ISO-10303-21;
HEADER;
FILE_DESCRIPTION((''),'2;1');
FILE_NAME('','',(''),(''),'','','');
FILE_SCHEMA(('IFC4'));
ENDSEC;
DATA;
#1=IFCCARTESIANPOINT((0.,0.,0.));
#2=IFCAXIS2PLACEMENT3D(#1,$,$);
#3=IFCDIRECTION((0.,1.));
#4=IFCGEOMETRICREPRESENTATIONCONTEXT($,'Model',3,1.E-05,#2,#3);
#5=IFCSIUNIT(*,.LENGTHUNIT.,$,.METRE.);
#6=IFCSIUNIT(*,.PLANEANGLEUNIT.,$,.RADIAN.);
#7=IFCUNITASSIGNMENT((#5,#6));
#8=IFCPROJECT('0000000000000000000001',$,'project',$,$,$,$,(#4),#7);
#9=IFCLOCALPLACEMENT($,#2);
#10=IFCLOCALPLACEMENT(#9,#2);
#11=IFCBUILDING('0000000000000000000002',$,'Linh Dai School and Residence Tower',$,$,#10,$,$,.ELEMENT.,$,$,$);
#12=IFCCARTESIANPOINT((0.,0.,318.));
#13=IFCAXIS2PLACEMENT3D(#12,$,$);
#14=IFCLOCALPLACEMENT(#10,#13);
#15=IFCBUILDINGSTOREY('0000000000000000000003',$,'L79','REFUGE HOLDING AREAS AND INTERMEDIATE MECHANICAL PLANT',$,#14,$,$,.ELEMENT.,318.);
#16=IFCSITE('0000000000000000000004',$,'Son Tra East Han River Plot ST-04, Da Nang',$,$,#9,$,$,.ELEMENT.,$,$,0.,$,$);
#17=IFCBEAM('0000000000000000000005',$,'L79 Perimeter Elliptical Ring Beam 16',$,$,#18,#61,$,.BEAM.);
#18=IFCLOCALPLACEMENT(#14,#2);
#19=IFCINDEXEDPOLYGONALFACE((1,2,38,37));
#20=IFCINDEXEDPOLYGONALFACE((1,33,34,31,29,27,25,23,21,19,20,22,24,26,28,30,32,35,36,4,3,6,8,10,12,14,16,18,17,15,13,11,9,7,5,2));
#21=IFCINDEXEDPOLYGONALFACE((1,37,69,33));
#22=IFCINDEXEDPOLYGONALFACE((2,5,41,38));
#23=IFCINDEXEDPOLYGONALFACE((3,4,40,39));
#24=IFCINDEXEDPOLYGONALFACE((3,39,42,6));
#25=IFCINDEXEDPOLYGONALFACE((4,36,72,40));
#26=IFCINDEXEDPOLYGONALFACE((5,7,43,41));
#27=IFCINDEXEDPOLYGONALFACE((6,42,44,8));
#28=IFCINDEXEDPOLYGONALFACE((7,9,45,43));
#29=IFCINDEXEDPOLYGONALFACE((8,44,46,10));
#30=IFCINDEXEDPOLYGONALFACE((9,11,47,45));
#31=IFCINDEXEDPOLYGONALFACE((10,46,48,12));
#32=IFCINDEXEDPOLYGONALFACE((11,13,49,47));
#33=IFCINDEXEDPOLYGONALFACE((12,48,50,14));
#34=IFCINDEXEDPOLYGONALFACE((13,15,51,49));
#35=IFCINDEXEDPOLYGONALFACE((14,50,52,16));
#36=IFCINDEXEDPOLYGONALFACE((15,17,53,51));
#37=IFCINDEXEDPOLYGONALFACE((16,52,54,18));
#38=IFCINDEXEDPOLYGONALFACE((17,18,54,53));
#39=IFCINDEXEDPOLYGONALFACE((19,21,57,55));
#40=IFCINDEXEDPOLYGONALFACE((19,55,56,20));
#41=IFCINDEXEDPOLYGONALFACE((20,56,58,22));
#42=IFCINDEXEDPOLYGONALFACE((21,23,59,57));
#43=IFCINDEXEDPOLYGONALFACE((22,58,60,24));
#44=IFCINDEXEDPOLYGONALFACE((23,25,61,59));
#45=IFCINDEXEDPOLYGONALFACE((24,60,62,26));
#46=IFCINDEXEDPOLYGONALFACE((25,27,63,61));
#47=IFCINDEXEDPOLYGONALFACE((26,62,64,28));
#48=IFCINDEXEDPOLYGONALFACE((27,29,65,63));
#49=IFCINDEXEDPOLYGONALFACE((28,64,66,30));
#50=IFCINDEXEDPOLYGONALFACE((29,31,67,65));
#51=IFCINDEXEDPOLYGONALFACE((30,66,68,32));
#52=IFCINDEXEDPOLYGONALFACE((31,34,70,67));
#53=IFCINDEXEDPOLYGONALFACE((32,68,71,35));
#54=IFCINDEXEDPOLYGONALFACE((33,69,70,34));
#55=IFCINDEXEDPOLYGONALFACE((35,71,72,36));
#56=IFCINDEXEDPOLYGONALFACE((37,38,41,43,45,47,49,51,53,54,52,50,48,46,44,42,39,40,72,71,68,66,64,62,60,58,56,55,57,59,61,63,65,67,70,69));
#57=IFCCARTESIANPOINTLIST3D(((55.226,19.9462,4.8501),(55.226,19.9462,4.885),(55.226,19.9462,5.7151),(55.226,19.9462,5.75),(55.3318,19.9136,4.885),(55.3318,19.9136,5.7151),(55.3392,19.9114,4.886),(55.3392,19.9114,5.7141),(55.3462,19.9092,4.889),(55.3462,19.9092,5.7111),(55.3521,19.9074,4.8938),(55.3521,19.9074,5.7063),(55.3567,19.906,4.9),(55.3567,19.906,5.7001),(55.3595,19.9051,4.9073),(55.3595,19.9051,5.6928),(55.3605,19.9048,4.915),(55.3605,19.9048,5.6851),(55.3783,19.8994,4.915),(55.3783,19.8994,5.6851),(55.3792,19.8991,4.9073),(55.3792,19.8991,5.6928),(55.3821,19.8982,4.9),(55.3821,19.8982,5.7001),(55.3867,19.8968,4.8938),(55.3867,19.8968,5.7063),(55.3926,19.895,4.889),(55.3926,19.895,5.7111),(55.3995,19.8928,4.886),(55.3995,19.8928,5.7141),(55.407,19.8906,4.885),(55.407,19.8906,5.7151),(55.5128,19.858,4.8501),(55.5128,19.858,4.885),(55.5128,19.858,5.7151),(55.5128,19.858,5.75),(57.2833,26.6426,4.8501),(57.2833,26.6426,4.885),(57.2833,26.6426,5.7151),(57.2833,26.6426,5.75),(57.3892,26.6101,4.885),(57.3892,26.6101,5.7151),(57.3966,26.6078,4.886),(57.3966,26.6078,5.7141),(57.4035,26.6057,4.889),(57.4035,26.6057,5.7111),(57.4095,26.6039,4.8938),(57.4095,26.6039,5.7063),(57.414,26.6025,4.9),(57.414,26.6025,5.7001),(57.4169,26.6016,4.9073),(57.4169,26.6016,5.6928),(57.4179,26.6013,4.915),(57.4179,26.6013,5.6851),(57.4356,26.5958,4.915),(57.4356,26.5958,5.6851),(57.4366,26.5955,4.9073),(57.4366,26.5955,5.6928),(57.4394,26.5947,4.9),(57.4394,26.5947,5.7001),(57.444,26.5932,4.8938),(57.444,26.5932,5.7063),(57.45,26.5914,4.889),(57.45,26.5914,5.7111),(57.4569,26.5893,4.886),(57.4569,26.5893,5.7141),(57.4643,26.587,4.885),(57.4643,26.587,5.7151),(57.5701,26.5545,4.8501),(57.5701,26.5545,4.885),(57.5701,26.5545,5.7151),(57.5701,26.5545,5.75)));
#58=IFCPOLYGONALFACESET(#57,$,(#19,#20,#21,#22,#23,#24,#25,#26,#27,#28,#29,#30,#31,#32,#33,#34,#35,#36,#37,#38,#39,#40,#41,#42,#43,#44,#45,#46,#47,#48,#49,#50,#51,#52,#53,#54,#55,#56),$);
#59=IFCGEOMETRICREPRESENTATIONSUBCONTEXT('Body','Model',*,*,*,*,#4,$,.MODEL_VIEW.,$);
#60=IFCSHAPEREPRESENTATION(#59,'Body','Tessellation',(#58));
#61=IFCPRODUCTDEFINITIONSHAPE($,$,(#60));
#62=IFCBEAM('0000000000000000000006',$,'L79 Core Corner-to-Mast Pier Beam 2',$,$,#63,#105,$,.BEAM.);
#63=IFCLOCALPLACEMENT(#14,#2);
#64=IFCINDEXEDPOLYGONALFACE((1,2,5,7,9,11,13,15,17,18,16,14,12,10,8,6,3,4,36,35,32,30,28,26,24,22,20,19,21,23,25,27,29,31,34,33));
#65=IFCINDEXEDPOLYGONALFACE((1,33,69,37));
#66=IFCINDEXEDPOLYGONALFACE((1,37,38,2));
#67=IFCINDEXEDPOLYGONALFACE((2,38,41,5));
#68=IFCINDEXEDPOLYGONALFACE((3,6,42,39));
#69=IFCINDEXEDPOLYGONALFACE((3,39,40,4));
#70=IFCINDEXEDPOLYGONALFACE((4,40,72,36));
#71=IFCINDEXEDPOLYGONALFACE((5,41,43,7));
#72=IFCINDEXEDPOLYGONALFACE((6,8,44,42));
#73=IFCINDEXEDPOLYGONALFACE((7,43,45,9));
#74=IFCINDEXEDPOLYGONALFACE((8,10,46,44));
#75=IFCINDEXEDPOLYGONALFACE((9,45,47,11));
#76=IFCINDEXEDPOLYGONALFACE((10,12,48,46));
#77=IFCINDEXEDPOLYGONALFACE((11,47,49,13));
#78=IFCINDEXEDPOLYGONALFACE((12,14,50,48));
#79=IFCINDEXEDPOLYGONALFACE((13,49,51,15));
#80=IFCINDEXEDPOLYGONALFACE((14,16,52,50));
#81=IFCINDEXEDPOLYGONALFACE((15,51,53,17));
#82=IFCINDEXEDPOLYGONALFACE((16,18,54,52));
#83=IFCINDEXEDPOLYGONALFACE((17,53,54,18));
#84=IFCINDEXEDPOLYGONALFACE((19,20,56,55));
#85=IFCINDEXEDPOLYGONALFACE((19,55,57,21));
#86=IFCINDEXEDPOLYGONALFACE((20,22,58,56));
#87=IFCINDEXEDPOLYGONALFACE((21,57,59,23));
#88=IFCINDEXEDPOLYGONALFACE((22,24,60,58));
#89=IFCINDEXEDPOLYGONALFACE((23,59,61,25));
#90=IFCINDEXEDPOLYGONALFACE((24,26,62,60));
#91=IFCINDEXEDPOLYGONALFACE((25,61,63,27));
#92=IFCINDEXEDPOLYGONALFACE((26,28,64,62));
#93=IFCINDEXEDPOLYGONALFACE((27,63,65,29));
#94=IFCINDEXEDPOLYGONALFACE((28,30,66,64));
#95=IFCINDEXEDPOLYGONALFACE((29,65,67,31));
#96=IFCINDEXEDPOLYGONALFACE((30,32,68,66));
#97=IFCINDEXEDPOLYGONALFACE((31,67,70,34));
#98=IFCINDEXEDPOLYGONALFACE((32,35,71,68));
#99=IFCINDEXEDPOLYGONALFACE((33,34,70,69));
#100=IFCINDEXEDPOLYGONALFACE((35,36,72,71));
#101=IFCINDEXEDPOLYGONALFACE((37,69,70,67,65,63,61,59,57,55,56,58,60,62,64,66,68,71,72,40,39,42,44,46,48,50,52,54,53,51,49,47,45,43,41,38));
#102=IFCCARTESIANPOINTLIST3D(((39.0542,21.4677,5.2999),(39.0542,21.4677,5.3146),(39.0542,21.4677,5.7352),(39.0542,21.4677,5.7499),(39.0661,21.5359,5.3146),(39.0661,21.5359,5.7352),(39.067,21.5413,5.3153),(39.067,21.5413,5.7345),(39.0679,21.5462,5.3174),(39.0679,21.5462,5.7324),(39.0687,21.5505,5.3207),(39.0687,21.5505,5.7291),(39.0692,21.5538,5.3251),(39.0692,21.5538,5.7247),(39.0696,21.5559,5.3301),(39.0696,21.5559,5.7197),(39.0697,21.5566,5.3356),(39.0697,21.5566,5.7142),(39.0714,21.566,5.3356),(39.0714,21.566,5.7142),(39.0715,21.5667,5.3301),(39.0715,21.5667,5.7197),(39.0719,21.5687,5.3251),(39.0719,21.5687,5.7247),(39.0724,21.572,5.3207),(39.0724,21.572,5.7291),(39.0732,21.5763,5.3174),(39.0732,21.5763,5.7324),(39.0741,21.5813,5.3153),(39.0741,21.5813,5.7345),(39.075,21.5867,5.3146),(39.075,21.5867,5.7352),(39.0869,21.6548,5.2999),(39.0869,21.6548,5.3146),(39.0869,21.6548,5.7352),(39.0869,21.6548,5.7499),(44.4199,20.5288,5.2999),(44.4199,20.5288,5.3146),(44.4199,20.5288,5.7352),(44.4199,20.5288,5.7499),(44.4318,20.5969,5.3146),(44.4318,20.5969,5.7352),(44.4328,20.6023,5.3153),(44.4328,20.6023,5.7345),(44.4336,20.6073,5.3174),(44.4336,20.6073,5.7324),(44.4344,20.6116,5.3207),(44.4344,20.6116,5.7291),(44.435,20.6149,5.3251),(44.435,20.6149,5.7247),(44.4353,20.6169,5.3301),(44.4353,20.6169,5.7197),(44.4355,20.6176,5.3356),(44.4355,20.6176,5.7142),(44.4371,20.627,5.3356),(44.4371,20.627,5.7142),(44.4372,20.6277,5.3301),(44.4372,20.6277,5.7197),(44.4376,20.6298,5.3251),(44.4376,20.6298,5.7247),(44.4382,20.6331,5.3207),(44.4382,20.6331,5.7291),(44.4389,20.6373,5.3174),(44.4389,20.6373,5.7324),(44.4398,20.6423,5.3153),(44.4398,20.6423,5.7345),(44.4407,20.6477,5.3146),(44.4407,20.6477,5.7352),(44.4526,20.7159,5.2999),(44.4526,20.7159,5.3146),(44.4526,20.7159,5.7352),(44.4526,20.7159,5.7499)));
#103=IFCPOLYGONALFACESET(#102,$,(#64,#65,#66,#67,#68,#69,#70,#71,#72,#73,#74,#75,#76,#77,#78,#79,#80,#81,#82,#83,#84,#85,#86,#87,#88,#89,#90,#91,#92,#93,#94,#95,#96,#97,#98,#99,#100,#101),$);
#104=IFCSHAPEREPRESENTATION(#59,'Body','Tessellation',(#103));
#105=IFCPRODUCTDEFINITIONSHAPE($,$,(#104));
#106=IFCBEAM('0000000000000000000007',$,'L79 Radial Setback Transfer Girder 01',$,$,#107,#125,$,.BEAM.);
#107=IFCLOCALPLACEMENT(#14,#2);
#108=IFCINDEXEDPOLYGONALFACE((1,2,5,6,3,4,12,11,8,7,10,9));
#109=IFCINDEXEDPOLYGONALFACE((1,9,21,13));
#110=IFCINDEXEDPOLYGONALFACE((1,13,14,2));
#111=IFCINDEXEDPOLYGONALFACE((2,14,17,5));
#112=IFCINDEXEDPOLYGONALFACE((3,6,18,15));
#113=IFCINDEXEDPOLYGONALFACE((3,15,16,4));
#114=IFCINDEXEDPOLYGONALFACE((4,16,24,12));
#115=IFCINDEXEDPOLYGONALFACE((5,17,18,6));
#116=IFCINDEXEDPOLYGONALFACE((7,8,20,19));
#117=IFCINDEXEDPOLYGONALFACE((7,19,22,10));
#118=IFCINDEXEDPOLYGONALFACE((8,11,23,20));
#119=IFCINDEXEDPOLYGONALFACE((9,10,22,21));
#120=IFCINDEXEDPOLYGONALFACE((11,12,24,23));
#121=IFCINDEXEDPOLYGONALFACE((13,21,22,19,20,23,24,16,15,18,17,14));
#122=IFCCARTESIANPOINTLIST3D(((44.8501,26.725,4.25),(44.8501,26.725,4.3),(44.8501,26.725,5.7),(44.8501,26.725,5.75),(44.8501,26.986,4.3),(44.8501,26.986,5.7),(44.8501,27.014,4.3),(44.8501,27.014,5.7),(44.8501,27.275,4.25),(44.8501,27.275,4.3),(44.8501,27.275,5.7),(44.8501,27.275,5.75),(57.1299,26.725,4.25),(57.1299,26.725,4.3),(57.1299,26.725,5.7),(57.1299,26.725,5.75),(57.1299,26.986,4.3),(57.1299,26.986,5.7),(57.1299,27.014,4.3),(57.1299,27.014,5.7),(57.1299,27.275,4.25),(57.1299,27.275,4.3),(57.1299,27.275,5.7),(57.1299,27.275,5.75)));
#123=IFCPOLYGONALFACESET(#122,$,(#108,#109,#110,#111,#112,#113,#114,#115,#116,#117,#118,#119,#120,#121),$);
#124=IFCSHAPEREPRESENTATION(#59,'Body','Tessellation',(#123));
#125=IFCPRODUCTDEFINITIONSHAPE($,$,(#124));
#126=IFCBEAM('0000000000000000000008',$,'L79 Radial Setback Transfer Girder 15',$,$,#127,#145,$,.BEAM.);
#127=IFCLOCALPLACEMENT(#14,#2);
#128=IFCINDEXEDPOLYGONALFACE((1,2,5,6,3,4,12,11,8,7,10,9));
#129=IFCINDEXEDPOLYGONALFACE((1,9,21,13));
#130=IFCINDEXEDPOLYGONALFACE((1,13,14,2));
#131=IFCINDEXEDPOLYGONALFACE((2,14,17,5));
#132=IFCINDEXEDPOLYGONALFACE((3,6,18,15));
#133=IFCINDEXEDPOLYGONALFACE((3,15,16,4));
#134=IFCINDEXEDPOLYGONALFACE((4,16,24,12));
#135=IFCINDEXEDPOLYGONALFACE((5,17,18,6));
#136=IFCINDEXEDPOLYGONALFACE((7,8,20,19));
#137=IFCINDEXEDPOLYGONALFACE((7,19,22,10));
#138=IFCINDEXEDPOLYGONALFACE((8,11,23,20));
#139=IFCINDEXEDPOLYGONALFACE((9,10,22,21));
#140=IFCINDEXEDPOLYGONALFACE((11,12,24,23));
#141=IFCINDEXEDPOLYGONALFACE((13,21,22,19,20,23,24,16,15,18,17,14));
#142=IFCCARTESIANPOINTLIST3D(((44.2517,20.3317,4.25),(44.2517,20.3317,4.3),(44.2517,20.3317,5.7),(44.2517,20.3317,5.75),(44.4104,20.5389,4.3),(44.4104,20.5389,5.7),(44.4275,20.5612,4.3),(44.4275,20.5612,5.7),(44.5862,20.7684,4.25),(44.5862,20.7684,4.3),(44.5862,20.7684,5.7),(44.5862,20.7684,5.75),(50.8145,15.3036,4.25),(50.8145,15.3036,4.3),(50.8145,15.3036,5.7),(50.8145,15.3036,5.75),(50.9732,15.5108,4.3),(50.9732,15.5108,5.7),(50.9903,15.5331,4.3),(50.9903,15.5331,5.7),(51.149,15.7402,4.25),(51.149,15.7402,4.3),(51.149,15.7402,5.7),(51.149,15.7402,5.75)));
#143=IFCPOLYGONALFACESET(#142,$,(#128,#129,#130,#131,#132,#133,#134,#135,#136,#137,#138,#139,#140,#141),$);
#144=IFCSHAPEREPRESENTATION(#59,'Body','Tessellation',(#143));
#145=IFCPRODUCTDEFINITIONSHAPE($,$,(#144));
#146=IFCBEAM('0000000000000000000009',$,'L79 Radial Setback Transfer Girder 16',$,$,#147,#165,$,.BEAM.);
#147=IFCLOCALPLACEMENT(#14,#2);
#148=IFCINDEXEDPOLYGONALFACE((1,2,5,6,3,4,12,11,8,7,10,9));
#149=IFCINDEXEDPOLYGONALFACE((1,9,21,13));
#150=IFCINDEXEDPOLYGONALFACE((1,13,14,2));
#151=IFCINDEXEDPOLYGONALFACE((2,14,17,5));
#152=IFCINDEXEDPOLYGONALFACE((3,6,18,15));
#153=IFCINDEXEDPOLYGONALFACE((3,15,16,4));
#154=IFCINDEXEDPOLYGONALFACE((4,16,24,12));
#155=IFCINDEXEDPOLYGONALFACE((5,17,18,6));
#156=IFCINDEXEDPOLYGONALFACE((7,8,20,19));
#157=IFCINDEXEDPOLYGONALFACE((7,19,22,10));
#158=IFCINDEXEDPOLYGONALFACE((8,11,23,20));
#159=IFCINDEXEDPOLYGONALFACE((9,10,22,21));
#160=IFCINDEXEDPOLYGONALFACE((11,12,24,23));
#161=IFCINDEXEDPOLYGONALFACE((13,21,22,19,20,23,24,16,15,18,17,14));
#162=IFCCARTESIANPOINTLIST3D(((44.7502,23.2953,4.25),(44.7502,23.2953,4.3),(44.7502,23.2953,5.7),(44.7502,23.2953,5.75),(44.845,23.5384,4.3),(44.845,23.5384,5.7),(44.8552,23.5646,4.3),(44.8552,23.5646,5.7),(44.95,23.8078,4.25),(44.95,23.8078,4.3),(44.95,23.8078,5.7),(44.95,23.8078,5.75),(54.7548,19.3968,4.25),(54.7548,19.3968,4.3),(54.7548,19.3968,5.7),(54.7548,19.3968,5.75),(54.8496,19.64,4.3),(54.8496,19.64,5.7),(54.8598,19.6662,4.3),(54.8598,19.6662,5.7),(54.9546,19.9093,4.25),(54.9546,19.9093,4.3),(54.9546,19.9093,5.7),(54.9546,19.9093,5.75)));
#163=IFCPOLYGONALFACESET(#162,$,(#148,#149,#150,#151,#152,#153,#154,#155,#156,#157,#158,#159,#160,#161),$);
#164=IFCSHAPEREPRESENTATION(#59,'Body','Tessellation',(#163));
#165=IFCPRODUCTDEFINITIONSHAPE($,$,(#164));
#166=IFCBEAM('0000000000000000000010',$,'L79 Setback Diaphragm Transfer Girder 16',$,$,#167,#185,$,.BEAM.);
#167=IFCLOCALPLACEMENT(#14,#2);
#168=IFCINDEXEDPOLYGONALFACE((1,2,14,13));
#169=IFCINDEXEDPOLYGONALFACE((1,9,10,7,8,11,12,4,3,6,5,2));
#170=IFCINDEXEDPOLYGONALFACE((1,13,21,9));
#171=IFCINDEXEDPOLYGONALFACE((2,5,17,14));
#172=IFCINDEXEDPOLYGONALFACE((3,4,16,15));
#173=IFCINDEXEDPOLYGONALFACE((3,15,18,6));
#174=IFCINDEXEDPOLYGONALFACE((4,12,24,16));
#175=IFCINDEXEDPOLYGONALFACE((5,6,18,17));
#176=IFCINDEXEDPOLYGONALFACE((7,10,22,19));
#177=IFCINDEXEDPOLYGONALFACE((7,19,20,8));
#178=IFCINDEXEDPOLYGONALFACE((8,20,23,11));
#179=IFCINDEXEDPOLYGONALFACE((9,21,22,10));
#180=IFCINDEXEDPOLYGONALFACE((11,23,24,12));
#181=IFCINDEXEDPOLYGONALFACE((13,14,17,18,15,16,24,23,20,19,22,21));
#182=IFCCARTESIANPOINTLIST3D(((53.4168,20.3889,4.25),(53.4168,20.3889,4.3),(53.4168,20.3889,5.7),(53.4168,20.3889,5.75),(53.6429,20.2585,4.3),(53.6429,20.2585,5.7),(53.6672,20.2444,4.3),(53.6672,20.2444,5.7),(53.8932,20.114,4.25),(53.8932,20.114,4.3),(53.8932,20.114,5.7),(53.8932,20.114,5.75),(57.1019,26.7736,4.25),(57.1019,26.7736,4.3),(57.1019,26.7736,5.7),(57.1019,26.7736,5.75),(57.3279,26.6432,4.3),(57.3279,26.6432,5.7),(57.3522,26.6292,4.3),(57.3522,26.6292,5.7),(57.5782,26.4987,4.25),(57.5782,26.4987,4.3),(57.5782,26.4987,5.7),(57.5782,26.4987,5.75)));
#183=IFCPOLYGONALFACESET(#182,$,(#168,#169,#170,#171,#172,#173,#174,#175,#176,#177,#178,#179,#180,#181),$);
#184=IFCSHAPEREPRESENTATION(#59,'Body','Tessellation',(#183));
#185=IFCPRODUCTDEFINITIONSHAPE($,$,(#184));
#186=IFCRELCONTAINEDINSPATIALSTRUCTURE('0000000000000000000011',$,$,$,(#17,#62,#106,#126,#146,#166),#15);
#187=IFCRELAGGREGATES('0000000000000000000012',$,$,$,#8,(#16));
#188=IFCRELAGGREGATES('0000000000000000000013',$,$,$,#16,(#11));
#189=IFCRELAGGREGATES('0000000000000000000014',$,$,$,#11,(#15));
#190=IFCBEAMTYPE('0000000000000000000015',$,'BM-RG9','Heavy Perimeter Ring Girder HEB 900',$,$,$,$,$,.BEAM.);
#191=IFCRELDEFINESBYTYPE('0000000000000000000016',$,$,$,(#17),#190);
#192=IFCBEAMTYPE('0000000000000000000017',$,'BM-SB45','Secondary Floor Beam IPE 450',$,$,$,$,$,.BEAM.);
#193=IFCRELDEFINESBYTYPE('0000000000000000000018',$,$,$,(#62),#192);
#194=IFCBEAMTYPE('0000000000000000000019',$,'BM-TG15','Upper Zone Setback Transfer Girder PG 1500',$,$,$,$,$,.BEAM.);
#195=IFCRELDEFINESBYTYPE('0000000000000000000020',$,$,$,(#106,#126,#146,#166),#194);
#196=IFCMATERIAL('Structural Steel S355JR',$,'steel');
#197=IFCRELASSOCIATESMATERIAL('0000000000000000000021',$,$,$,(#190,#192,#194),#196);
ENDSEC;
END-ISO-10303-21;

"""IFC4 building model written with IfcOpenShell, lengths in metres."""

from ifc_helpers import new_model, si_unit, direction, frame, origin, origin_2d, place, context, subcontext, project, spatial, i_section, extrude, material, material_profile, profile_set, type_object, element, save


model = new_model("IFC4")

# Units and contexts
model_context = context("Model", 3, precision=1e-05, world=origin(), true_north=direction((0.0, 1.0)))
body_context = subcontext(model_context, "Body", "Model", "MODEL_VIEW")
ifc_project = project(units=[si_unit("LENGTHUNIT", "METRE"), si_unit("PLANEANGLEUNIT", "RADIAN")], contexts=[model_context])

# Site, building, storey
site_placement = place(None, origin())
site = spatial("IfcSite", under=ifc_project, at=site_placement, Name="Son Tra East Han River Plot ST-04, Da Nang", CompositionType="ELEMENT", RefElevation=0.0)
building_placement = place(site_placement, origin())
building = spatial("IfcBuilding", under=site, at=building_placement, Name="Linh Dai School and Residence Tower", CompositionType="ELEMENT")
storey_placement = place(building_placement, frame((0.0, 0.0, 318.0)))
storey = spatial("IfcBuildingStorey", under=building, at=storey_placement, Name="L79", Description="REFUGE HOLDING AREAS AND INTERMEDIATE MECHANICAL PLANT", CompositionType="ELEMENT", Elevation=318.0)

# Shared definitions
ifc_material_1 = material(Name="Structural Steel S355JR", Category="steel")

# Beams
ifc_material_profile_1 = material_profile(ifc_material_1, i_section(OverallWidth=0.3, OverallDepth=0.8999, WebThickness=0.0186, FlangeThickness=0.0349, FilletRadius=0.03, at=origin_2d()), Name="HEB 900")
ifc_profile_set_1 = profile_set([ifc_material_profile_1], Name="Structural Steel S355JR")
beam_type_1 = type_object("IfcBeamType", Name="BM-RG9", Description="Heavy Perimeter Ring Girder HEB 900", PredefinedType="BEAM", material=ifc_profile_set_1)
beam_1_placement = place(storey_placement, frame((55.3694, 19.9021, 5.3), z_axis=(0.293682, 0.955903, 0.0), x_axis=(-0.955903, 0.293682, 0.0)))
element("IfcBeam", 1, at=beam_1_placement, inside=storey, type_object=beam_type_1, Name="L79 Perimeter Elliptical Ring Beam 16", PredefinedType="BEAM", context=body_context, shape_type="SweptSolid", body=[
    extrude(i_section(OverallWidth=0.3, OverallDepth=0.8999, WebThickness=0.0186, FlangeThickness=0.0349, FilletRadius=0.03, at=origin_2d()), origin(), (0.0, 0.0, 1.0), 7.0054),
])
ifc_material_profile_2 = material_profile(ifc_material_1, i_section(OverallWidth=0.1899, OverallDepth=0.45, WebThickness=0.0095, FlangeThickness=0.0146, FilletRadius=0.021, at=origin_2d()), Name="IPE 450")
ifc_profile_set_2 = profile_set([ifc_material_profile_2], Name="Structural Steel S355JR")
beam_type_2 = type_object("IfcBeamType", Name="BM-SB45", Description="Secondary Floor Beam IPE 450", PredefinedType="BEAM", material=ifc_profile_set_2)
beam_2_placement = place(storey_placement, frame((44.4363, 20.6223, 5.5249), z_axis=(-0.985032, 0.172374, 0.0), x_axis=(-0.172374, -0.985032, 0.0)))
element("IfcBeam", 2, at=beam_2_placement, inside=storey, type_object=beam_type_2, Name="L79 Core Corner-to-Mast Pier Beam 2", PredefinedType="BEAM", context=body_context, shape_type="SweptSolid", body=[
    extrude(i_section(OverallWidth=0.1899, OverallDepth=0.45, WebThickness=0.0095, FlangeThickness=0.0146, FilletRadius=0.021, at=origin_2d()), origin(), (0.0, 0.0, 1.0), 5.4473),
])
ifc_material_profile_3 = material_profile(ifc_material_1, i_section(OverallWidth=0.55, OverallDepth=1.5, WebThickness=0.0281, FlangeThickness=0.05, at=origin_2d()), Name="PG 1500x550x28x50")
ifc_profile_set_3 = profile_set([ifc_material_profile_3], Name="Structural Steel S355JR")
beam_type_3 = type_object("IfcBeamType", Name="BM-TG15", Description="Upper Zone Setback Transfer Girder PG 1500", PredefinedType="BEAM", material=ifc_profile_set_3)
beam_3_placement = place(storey_placement, frame((44.8501, 27.0, 5.0), z_axis=(1.0, 0.0, 0.0), x_axis=(0.0, 1.0, 0.0)))
element("IfcBeam", 3, at=beam_3_placement, inside=storey, type_object=beam_type_3, Name="L79 Radial Setback Transfer Girder 01", PredefinedType="BEAM", context=body_context, shape_type="SweptSolid", body=[
    extrude(i_section(OverallWidth=0.55, OverallDepth=1.5, WebThickness=0.0281, FlangeThickness=0.05, at=origin_2d()), origin(), (0.0, 0.0, 1.0), 12.2798),
])
beam_4_placement = place(storey_placement, frame((44.4189, 20.55, 5.0), z_axis=(0.793803, -0.608175, 0.0), x_axis=(0.608175, 0.793803, 0.0)))
element("IfcBeam", 4, at=beam_4_placement, inside=storey, type_object=beam_type_3, Name="L79 Radial Setback Transfer Girder 15", PredefinedType="BEAM", context=body_context, shape_type="SweptSolid", body=[
    extrude(i_section(OverallWidth=0.55, OverallDepth=1.5, WebThickness=0.0281, FlangeThickness=0.05, at=origin_2d()), origin(), (0.0, 0.0, 1.0), 8.2676),
])
beam_5_placement = place(storey_placement, frame((44.8501, 23.5515, 5.0), z_axis=(0.931761, -0.363073, 0.0), x_axis=(0.363073, 0.931761, 0.0)))
element("IfcBeam", 5, at=beam_5_placement, inside=storey, type_object=beam_type_3, Name="L79 Radial Setback Transfer Girder 16", PredefinedType="BEAM", context=body_context, shape_type="SweptSolid", body=[
    extrude(i_section(OverallWidth=0.55, OverallDepth=1.5, WebThickness=0.0281, FlangeThickness=0.05, at=origin_2d()), origin(), (0.0, 0.0, 1.0), 10.7373),
])
beam_6_placement = place(storey_placement, frame((53.655, 20.2515, 5.0), z_axis=(0.499879, 0.866095, 0.0), x_axis=(-0.866095, 0.499879, 0.0)))
element("IfcBeam", 6, at=beam_6_placement, inside=storey, type_object=beam_type_3, Name="L79 Setback Diaphragm Transfer Girder 16", PredefinedType="BEAM", context=body_context, shape_type="SweptSolid", body=[
    extrude(i_section(OverallWidth=0.55, OverallDepth=1.5, WebThickness=0.0281, FlangeThickness=0.05, at=origin_2d()), origin(), (0.0, 0.0, 1.0), 7.3718),
])

save(model, "model.ifc")
